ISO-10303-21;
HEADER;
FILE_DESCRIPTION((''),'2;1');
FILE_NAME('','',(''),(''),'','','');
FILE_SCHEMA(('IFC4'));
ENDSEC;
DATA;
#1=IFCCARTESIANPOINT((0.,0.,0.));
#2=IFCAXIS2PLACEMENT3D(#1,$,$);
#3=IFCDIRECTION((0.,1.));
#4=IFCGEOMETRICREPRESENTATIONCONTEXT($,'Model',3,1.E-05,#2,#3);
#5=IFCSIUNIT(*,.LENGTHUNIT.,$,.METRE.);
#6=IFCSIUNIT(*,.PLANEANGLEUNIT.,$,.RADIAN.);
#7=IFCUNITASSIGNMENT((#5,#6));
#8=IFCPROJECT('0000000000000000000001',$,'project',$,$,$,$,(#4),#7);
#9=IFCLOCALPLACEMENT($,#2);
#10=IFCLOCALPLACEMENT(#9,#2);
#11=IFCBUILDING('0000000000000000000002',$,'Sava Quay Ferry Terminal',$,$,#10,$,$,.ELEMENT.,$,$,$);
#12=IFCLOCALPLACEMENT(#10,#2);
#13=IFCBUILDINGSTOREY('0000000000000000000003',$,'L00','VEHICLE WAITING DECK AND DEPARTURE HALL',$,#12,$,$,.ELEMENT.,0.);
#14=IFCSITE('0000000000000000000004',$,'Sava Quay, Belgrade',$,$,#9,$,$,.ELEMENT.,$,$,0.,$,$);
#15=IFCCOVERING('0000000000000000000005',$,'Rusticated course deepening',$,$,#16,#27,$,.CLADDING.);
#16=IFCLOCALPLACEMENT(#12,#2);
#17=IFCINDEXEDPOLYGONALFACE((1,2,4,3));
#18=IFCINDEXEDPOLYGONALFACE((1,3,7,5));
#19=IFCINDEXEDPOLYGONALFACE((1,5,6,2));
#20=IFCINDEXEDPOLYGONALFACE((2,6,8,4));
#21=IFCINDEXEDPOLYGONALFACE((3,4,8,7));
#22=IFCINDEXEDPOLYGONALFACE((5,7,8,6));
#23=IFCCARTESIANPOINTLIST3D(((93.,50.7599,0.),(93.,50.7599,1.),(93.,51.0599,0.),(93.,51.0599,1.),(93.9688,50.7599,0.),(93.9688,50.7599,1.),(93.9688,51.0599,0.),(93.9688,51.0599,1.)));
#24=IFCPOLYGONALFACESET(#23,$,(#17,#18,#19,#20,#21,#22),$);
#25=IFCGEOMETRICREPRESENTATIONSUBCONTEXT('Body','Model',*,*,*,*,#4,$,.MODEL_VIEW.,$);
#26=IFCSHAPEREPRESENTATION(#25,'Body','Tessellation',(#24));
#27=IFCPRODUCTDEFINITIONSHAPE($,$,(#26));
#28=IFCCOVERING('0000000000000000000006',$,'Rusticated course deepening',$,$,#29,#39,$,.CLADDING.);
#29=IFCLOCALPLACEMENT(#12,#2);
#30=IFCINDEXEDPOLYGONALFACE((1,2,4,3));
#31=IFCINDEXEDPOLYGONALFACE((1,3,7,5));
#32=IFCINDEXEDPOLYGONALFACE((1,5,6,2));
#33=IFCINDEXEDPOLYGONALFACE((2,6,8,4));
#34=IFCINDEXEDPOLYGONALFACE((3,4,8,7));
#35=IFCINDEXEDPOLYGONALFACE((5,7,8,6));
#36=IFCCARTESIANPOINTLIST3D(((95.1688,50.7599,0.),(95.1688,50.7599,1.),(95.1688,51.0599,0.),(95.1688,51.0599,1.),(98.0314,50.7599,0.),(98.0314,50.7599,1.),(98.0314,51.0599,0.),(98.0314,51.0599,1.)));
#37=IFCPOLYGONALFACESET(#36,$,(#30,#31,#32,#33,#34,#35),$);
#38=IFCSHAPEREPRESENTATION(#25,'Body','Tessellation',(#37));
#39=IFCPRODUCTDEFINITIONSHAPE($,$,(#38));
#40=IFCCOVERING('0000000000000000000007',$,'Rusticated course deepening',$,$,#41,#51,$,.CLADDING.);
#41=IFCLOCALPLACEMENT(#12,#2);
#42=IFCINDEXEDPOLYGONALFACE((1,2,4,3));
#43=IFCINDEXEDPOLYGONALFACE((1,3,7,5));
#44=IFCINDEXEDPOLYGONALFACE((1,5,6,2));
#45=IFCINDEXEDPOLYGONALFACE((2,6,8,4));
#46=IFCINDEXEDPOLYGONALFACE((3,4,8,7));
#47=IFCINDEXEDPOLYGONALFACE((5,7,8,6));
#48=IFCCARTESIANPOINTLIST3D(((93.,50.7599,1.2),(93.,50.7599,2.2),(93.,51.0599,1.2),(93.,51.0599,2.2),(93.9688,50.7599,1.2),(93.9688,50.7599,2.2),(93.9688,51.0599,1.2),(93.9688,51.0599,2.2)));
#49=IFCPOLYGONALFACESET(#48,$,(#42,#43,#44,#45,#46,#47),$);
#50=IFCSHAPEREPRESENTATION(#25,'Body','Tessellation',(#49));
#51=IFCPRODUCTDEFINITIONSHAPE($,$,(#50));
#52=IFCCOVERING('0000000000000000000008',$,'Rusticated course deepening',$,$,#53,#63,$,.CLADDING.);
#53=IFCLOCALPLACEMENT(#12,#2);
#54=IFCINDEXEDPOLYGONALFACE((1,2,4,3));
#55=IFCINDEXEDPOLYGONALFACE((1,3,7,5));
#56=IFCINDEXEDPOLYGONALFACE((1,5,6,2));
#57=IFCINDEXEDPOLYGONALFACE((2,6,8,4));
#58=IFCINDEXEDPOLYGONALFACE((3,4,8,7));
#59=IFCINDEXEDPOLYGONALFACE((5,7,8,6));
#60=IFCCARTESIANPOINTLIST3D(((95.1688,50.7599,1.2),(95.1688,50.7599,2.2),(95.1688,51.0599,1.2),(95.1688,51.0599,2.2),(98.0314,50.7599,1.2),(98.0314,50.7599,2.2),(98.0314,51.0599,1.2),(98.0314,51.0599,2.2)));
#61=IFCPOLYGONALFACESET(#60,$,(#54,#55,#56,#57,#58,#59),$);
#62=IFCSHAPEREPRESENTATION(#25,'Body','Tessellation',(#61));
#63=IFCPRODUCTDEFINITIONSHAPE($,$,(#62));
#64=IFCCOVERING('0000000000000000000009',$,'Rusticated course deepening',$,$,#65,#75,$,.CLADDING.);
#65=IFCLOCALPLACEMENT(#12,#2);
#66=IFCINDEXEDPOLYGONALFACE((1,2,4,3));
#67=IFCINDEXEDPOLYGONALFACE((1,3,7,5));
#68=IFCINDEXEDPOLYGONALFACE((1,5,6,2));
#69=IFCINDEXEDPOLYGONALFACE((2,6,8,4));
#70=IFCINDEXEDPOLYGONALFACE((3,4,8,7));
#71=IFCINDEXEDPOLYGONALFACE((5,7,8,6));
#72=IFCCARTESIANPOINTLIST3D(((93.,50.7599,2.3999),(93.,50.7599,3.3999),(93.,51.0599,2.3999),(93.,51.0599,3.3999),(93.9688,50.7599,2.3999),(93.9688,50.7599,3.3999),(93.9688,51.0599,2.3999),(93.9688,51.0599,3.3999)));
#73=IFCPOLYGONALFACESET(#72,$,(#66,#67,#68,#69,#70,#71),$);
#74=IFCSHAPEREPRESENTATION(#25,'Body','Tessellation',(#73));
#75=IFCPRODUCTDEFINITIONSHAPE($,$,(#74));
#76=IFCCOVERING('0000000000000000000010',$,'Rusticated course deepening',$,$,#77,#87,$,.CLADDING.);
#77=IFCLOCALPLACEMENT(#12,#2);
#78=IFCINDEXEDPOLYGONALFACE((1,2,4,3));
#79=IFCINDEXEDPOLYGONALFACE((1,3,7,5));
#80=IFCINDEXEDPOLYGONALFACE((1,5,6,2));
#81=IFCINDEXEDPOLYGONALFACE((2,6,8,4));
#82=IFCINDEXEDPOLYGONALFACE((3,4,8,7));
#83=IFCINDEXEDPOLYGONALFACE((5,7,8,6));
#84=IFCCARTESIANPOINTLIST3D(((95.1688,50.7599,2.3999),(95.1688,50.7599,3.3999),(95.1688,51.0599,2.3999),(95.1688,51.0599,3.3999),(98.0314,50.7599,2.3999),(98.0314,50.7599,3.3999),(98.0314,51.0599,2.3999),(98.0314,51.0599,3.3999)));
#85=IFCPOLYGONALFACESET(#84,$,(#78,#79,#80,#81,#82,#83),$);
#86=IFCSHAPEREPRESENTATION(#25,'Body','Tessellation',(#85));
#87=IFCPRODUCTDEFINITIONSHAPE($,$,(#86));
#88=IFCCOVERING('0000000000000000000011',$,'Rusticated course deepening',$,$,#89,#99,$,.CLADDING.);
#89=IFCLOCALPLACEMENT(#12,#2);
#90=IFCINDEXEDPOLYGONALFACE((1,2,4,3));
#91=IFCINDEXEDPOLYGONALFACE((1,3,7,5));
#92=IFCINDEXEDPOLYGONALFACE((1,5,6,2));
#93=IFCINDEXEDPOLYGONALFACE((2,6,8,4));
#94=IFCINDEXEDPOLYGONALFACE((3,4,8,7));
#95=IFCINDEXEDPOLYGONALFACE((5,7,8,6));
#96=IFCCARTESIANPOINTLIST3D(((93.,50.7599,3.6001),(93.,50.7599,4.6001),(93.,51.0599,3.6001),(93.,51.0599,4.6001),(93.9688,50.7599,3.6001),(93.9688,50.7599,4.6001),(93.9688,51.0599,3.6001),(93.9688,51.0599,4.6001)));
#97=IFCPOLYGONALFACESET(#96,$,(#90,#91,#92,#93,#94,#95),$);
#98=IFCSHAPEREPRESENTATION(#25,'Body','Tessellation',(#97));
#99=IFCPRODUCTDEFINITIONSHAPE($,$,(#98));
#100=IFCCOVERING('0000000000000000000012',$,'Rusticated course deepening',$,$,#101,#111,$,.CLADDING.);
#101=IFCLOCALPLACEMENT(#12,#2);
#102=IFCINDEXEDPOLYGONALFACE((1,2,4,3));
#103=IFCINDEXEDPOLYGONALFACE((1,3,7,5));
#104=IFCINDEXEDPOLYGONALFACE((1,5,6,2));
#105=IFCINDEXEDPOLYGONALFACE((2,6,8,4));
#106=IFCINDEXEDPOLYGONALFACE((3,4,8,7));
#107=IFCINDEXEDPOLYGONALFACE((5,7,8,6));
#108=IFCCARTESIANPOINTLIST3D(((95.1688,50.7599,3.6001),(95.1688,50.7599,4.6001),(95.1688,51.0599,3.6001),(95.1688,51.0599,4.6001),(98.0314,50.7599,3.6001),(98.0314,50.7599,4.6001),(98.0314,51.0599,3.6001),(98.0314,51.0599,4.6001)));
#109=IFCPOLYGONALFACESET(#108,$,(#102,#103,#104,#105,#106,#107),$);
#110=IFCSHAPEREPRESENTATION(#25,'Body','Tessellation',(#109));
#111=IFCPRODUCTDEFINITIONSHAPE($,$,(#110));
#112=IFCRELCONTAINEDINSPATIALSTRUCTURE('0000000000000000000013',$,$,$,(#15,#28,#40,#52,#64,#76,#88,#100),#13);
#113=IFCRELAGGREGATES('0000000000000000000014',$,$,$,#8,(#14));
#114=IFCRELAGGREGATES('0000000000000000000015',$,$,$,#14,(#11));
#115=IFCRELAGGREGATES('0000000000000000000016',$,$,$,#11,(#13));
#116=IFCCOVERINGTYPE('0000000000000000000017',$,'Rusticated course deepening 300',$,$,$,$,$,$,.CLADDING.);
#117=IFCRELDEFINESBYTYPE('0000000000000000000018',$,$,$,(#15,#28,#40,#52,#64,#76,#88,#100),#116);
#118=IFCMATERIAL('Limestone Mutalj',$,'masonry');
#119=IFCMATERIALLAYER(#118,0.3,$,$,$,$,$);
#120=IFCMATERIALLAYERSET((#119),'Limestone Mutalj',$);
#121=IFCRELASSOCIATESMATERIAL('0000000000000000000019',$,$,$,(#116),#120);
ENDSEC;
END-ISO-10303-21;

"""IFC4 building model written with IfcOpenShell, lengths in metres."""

from ifc_helpers import new_model, si_unit, direction, frame, origin, origin_2d, place, context, subcontext, project, spatial, rectangle, extrude, material, layer, layer_set, type_object, element, save


model = new_model("IFC4")

# Units and contexts
model_context = context("Model", 3, precision=1e-05, world=origin(), true_north=direction((0.0, 1.0)))
body_context = subcontext(model_context, "Body", "Model", "MODEL_VIEW")
ifc_project = project(units=[si_unit("LENGTHUNIT", "METRE"), si_unit("PLANEANGLEUNIT", "RADIAN")], contexts=[model_context])

# Site, building, storey
site_placement = place(None, origin())
site = spatial("IfcSite", under=ifc_project, at=site_placement, Name="Sava Quay, Belgrade", CompositionType="ELEMENT", RefElevation=0.0)
building_placement = place(site_placement, origin())
building = spatial("IfcBuilding", under=site, at=building_placement, Name="Sava Quay Ferry Terminal", CompositionType="ELEMENT")
storey_placement = place(building_placement, origin())
storey = spatial("IfcBuildingStorey", under=building, at=storey_placement, Name="L00", Description="VEHICLE WAITING DECK AND DEPARTURE HALL", CompositionType="ELEMENT", Elevation=0.0)

# Coverings
ifc_material_1 = material(Name="Limestone Mutalj", Category="masonry")
ifc_layer_1 = layer(ifc_material_1, 0.3)
ifc_layer_set_1 = layer_set([ifc_layer_1], Name="Limestone Mutalj")
covering_type_1 = type_object("IfcCoveringType", Name="Rusticated course deepening 300", PredefinedType="CLADDING", material=ifc_layer_set_1)
covering_1_placement = place(storey_placement, frame((93.4844, 50.9099, 0.0), z_axis=(0.0, 0.0, 1.0), x_axis=(1.0, 0.0, 0.0)))
element("IfcCovering", 1, at=covering_1_placement, inside=storey, type_object=covering_type_1, Name="Rusticated course deepening", PredefinedType="CLADDING", context=body_context, shape_type="SweptSolid", body=[
    extrude(rectangle(XDim=0.9688, YDim=0.3, at=origin_2d()), origin(), (0.0, 0.0, 1.0), 1.0),
])
covering_2_placement = place(storey_placement, frame((96.6001, 50.9099, 0.0), z_axis=(0.0, 0.0, 1.0), x_axis=(1.0, 0.0, 0.0)))
element("IfcCovering", 2, at=covering_2_placement, inside=storey, type_object=covering_type_1, Name="Rusticated course deepening", PredefinedType="CLADDING", context=body_context, shape_type="SweptSolid", body=[
    extrude(rectangle(XDim=2.8625, YDim=0.3, at=origin_2d()), origin(), (0.0, 0.0, 1.0), 1.0),
])
covering_3_placement = place(storey_placement, frame((93.4844, 50.9099, 1.2), z_axis=(0.0, 0.0, 1.0), x_axis=(1.0, 0.0, 0.0)))
element("IfcCovering", 3, at=covering_3_placement, inside=storey, type_object=covering_type_1, Name="Rusticated course deepening", PredefinedType="CLADDING", context=body_context, shape_type="SweptSolid", body=[
    extrude(rectangle(XDim=0.9688, YDim=0.3, at=origin_2d()), origin(), (0.0, 0.0, 1.0), 1.0),
])
covering_4_placement = place(storey_placement, frame((96.6001, 50.9099, 1.2), z_axis=(0.0, 0.0, 1.0), x_axis=(1.0, 0.0, 0.0)))
element("IfcCovering", 4, at=covering_4_placement, inside=storey, type_object=covering_type_1, Name="Rusticated course deepening", PredefinedType="CLADDING", context=body_context, shape_type="SweptSolid", body=[
    extrude(rectangle(XDim=2.8625, YDim=0.3, at=origin_2d()), origin(), (0.0, 0.0, 1.0), 1.0),
])
covering_5_placement = place(storey_placement, frame((93.4844, 50.9099, 2.3999), z_axis=(0.0, 0.0, 1.0), x_axis=(1.0, 0.0, 0.0)))
element("IfcCovering", 5, at=covering_5_placement, inside=storey, type_object=covering_type_1, Name="Rusticated course deepening", PredefinedType="CLADDING", context=body_context, shape_type="SweptSolid", body=[
    extrude(rectangle(XDim=0.9688, YDim=0.3, at=origin_2d()), origin(), (0.0, 0.0, 1.0), 1.0),
])
covering_6_placement = place(storey_placement, frame((96.6001, 50.9099, 2.3999), z_axis=(0.0, 0.0, 1.0), x_axis=(1.0, 0.0, 0.0)))
element("IfcCovering", 6, at=covering_6_placement, inside=storey, type_object=covering_type_1, Name="Rusticated course deepening", PredefinedType="CLADDING", context=body_context, shape_type="SweptSolid", body=[
    extrude(rectangle(XDim=2.8625, YDim=0.3, at=origin_2d()), origin(), (0.0, 0.0, 1.0), 1.0),
])
covering_7_placement = place(storey_placement, frame((93.4844, 50.9099, 3.6001), z_axis=(0.0, 0.0, 1.0), x_axis=(1.0, 0.0, 0.0)))
element("IfcCovering", 7, at=covering_7_placement, inside=storey, type_object=covering_type_1, Name="Rusticated course deepening", PredefinedType="CLADDING", context=body_context, shape_type="SweptSolid", body=[
    extrude(rectangle(XDim=0.9688, YDim=0.3, at=origin_2d()), origin(), (0.0, 0.0, 1.0), 1.0),
])
covering_8_placement = place(storey_placement, frame((96.6001, 50.9099, 3.6001), z_axis=(0.0, 0.0, 1.0), x_axis=(1.0, 0.0, 0.0)))
element("IfcCovering", 8, at=covering_8_placement, inside=storey, type_object=covering_type_1, Name="Rusticated course deepening", PredefinedType="CLADDING", context=body_context, shape_type="SweptSolid", body=[
    extrude(rectangle(XDim=2.8625, YDim=0.3, at=origin_2d()), origin(), (0.0, 0.0, 1.0), 1.0),
])

save(model, "model.ifc")
